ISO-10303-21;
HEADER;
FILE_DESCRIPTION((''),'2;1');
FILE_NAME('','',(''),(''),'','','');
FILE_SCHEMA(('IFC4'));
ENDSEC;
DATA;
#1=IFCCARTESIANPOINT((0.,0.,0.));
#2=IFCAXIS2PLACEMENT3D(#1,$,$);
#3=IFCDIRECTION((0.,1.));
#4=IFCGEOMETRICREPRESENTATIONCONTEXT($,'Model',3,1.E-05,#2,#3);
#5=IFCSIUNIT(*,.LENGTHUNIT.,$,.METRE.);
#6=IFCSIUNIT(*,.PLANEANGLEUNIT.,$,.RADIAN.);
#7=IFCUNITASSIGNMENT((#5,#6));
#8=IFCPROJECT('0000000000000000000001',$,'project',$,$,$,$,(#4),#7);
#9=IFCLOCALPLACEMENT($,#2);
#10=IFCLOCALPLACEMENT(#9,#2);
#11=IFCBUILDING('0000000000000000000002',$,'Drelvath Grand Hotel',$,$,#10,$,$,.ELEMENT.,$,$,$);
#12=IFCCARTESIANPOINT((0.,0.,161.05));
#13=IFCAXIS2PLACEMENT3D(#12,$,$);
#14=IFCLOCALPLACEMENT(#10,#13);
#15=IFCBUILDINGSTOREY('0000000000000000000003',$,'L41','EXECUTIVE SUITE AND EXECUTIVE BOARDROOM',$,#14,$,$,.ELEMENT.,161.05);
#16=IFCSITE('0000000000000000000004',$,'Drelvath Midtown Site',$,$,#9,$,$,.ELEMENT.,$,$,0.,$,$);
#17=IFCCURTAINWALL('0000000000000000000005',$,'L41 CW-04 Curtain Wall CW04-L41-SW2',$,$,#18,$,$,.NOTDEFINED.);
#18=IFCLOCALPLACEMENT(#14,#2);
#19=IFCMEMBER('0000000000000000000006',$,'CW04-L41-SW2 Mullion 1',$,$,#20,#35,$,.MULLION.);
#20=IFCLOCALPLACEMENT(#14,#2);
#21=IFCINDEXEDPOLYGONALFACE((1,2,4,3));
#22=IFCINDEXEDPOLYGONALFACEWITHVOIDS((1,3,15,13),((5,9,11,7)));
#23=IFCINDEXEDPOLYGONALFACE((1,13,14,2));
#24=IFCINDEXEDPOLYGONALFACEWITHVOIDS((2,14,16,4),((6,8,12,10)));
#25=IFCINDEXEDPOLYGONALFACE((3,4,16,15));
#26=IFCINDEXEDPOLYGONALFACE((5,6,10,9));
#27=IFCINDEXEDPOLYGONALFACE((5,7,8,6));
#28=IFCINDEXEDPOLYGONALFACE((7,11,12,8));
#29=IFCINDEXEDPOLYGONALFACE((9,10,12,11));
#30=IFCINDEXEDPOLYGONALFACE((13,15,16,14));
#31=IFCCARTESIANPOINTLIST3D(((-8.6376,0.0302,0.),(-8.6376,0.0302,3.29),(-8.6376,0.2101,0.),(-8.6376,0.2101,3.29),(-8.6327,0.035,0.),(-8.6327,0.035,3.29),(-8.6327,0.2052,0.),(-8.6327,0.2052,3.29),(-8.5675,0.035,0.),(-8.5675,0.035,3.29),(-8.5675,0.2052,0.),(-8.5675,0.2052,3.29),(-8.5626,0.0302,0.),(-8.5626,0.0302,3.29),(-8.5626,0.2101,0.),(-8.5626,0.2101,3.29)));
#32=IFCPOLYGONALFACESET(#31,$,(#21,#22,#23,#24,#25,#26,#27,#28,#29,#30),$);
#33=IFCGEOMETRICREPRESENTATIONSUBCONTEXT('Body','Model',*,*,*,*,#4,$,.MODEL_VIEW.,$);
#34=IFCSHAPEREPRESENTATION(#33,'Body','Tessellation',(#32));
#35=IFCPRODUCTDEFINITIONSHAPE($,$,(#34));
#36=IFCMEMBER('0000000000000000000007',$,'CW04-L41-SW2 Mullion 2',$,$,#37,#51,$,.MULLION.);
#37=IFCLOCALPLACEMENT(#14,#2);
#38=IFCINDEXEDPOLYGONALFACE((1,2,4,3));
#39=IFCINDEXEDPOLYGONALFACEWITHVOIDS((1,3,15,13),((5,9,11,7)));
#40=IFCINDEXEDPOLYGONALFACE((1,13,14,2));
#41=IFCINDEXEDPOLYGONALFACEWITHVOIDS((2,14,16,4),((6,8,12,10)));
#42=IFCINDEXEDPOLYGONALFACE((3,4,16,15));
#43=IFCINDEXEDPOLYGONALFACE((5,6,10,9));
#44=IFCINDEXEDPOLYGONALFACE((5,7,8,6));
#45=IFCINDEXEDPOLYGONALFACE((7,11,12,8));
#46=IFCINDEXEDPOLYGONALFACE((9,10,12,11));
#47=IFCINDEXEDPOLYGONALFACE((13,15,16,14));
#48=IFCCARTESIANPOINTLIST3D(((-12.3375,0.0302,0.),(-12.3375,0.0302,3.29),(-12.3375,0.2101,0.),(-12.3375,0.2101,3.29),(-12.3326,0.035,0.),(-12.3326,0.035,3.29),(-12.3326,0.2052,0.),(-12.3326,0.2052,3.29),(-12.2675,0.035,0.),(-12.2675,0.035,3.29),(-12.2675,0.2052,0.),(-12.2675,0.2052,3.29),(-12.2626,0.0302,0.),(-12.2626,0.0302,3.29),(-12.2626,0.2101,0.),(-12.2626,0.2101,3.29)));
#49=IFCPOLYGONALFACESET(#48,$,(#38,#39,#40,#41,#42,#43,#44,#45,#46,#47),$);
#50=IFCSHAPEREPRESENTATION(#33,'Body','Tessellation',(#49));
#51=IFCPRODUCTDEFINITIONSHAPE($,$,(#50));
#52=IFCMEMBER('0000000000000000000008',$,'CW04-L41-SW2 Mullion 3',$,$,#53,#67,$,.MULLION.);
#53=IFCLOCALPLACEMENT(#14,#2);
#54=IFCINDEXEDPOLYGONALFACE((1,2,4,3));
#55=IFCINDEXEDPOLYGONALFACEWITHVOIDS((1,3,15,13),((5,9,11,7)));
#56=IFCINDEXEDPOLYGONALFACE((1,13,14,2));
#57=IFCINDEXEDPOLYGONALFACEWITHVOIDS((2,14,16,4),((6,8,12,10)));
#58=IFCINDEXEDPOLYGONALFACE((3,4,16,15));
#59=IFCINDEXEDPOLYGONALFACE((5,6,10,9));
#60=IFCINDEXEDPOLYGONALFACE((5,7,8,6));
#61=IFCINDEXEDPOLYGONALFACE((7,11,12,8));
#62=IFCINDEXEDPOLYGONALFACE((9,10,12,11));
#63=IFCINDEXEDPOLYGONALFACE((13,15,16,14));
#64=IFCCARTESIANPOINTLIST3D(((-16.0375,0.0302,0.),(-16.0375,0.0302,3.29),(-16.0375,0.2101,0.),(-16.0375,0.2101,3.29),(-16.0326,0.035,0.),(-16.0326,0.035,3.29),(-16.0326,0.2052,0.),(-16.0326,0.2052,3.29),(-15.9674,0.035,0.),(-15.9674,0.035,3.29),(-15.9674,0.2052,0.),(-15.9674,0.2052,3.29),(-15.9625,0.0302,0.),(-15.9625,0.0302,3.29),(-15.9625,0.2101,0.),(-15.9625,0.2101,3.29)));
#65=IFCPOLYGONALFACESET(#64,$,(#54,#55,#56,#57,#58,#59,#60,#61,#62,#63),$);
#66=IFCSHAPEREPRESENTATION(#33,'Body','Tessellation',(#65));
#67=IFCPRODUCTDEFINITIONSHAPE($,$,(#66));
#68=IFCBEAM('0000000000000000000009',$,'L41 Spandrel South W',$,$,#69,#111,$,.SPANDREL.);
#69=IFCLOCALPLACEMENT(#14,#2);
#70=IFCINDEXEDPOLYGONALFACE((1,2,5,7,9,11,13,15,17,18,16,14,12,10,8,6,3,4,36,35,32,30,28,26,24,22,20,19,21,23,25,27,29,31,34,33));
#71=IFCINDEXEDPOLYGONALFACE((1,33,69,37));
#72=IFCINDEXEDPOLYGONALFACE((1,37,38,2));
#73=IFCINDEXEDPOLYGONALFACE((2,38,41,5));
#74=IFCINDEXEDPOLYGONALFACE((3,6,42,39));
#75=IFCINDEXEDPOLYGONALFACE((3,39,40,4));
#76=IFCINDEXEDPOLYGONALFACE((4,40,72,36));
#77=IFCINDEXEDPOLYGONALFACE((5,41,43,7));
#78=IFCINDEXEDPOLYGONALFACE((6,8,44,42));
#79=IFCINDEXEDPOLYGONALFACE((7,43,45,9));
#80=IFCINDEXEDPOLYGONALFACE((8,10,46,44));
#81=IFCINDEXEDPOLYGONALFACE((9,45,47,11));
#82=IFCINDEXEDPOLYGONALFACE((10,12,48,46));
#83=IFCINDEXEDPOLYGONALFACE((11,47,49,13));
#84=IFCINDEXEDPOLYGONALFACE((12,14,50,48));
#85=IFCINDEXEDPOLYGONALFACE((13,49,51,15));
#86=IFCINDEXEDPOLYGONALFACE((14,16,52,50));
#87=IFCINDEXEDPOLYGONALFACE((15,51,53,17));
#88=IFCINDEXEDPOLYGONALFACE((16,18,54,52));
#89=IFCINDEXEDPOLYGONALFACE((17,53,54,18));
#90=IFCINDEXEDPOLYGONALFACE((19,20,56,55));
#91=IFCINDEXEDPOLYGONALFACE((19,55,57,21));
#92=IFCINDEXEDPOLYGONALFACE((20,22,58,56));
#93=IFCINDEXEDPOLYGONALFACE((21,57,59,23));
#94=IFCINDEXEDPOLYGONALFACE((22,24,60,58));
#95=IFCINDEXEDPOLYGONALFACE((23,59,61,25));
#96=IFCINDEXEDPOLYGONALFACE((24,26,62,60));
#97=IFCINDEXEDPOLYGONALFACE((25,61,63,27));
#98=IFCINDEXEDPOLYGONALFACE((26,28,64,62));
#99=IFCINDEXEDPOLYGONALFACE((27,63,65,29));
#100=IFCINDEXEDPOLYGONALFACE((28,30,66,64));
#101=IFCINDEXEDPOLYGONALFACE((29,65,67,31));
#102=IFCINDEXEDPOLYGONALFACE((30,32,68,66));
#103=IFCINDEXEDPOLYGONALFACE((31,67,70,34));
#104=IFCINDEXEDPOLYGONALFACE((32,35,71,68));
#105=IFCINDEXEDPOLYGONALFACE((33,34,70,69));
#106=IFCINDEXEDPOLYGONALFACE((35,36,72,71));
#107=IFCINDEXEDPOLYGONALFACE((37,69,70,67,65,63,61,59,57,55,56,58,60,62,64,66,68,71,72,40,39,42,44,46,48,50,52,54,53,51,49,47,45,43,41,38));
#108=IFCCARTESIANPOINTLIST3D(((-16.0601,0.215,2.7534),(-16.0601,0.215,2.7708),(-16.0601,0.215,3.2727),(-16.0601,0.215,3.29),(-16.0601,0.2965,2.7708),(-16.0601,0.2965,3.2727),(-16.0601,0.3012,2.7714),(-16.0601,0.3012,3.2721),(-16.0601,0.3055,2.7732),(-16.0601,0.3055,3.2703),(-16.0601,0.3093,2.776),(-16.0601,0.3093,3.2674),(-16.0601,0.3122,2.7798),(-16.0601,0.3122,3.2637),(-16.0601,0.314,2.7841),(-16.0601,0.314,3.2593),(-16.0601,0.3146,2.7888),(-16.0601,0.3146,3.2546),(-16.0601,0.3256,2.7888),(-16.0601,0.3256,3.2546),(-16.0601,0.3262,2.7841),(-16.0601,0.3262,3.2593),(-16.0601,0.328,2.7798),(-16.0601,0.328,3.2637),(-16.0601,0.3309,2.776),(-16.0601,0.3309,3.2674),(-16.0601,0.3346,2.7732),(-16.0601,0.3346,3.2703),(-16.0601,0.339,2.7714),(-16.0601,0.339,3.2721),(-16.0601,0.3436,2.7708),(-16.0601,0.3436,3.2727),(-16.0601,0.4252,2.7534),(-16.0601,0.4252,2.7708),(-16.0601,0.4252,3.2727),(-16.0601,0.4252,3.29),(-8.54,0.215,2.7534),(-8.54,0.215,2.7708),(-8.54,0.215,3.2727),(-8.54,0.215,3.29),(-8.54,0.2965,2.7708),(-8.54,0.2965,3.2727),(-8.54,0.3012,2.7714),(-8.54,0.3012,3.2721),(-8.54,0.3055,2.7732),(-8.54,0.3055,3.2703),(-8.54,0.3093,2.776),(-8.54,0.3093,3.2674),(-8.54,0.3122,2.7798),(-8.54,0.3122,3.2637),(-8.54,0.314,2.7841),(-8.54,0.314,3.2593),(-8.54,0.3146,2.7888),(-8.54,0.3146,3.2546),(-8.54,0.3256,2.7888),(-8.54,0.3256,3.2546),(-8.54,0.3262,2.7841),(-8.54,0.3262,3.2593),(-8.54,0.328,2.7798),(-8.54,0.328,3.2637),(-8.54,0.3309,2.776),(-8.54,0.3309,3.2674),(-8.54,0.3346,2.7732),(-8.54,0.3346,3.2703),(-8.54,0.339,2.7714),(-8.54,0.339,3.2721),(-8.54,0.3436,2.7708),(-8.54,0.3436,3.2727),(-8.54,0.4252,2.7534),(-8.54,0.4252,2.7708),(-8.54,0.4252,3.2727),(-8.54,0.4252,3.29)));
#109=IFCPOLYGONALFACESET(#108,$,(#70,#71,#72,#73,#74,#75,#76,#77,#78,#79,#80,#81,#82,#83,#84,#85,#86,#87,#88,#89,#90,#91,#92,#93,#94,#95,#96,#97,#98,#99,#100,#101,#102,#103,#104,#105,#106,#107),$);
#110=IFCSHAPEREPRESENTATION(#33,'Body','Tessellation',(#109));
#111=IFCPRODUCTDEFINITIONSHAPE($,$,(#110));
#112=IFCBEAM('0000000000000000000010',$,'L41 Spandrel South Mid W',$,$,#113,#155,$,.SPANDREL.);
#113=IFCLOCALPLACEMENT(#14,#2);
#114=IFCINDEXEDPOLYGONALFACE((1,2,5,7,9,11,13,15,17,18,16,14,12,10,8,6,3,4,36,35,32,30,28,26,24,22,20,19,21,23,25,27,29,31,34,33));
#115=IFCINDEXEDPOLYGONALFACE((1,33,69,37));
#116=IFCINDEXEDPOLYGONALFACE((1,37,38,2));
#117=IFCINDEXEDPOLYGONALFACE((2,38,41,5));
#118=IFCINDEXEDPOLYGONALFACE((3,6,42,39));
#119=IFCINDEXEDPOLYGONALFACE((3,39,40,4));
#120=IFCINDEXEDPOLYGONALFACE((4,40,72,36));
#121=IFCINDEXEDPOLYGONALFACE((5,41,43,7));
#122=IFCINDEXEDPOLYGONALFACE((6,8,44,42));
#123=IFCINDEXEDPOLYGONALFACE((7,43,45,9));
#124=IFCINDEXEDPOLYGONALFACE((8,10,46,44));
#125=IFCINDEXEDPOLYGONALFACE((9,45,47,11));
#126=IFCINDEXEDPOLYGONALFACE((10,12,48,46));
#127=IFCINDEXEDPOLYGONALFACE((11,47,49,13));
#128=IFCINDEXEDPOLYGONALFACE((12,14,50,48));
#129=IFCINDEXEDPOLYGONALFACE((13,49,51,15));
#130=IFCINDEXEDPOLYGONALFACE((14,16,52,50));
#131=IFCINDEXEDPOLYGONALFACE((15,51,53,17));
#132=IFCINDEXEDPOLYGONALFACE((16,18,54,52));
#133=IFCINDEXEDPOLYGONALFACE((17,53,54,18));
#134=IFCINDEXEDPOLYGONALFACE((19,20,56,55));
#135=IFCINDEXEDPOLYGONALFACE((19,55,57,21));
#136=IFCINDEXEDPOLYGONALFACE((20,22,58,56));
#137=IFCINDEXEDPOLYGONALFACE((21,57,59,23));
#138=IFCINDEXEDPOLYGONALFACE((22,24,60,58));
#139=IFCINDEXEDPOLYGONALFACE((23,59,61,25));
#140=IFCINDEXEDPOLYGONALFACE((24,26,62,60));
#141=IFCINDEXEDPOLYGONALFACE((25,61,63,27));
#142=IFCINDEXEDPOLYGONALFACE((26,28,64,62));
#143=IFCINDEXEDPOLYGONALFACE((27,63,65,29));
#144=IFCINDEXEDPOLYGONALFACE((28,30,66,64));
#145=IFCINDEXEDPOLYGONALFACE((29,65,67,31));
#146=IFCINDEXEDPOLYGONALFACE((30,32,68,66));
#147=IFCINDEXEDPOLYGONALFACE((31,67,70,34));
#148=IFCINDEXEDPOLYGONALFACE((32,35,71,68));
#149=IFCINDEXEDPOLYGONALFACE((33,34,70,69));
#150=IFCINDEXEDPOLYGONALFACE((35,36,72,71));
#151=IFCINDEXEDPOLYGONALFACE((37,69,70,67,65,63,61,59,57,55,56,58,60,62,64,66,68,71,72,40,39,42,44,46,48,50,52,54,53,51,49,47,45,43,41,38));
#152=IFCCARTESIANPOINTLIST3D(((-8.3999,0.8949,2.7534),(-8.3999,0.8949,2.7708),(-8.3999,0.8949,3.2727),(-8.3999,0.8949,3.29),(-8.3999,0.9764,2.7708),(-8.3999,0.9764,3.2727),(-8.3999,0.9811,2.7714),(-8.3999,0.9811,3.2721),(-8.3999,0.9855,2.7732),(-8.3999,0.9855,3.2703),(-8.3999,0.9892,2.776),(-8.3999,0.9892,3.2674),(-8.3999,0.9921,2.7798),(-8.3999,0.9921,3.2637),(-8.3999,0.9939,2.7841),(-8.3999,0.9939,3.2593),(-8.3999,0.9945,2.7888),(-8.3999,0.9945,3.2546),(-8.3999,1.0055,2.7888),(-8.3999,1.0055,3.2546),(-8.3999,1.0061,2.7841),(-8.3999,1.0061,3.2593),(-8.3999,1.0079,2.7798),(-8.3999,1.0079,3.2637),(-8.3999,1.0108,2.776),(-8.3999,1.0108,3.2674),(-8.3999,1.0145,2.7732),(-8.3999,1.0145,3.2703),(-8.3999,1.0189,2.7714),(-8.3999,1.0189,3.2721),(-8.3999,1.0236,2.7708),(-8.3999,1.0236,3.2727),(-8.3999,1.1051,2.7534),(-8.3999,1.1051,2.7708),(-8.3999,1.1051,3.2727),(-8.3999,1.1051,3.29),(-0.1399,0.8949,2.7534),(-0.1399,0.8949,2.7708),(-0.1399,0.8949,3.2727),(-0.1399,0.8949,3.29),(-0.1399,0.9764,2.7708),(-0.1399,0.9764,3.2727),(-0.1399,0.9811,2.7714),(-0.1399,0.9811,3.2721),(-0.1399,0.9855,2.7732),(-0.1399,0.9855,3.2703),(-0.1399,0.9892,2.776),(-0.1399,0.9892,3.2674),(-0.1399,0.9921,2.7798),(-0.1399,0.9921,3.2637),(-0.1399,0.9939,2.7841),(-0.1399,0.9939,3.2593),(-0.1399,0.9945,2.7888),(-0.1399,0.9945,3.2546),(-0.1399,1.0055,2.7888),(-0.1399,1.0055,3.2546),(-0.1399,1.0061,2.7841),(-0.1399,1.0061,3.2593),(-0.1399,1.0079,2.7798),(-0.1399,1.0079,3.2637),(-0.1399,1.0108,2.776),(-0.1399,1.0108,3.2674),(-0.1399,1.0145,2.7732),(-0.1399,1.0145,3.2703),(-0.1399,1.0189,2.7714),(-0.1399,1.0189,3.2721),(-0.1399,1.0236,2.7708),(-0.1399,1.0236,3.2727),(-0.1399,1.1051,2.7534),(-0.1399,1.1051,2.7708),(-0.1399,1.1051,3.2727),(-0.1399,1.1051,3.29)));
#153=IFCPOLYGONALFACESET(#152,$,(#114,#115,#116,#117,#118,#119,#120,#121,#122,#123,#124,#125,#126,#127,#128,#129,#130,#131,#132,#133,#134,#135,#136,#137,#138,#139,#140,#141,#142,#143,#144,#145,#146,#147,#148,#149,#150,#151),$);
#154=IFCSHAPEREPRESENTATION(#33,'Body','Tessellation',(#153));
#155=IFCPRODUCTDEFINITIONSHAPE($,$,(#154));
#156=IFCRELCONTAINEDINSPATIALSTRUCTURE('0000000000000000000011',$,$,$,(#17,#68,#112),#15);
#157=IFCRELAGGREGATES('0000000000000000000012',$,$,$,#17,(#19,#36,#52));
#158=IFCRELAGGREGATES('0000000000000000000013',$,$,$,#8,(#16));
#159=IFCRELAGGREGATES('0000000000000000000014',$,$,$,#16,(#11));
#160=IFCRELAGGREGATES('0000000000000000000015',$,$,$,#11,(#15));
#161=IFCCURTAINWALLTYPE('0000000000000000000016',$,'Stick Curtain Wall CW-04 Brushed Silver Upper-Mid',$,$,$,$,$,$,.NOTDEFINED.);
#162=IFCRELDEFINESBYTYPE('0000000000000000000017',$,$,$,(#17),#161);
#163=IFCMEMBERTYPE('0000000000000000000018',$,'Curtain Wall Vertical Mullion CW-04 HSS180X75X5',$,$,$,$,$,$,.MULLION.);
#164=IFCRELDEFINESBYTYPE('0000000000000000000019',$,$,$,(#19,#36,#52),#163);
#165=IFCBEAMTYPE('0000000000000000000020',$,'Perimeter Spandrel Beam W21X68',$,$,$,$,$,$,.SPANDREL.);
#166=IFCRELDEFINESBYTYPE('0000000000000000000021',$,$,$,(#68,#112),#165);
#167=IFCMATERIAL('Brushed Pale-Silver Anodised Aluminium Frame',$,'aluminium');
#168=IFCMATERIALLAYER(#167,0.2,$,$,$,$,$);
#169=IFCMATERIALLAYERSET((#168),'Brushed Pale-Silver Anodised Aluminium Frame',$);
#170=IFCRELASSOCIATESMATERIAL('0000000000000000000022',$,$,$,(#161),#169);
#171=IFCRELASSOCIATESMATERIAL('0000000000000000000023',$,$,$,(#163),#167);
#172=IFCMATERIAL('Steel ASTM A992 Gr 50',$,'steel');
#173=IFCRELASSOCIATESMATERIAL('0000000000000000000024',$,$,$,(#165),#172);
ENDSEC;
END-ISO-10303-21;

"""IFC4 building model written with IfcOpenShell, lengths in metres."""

from ifc_helpers import new_model, si_unit, direction, frame, origin, origin_2d, place, context, subcontext, project, spatial, hollow_rectangle, i_section, extrude, material, layer, layer_set, material_profile, profile_set, type_object, element, aggregate, save


model = new_model("IFC4")

# Units and contexts
model_context = context("Model", 3, precision=1e-05, world=origin(), true_north=direction((0.0, 1.0)))
body_context = subcontext(model_context, "Body", "Model", "MODEL_VIEW")
ifc_project = project(units=[si_unit("LENGTHUNIT", "METRE"), si_unit("PLANEANGLEUNIT", "RADIAN")], contexts=[model_context])

# Site, building, storey
site_placement = place(None, origin())
site = spatial("IfcSite", under=ifc_project, at=site_placement, Name="Drelvath Midtown Site", CompositionType="ELEMENT", RefElevation=0.0)
building_placement = place(site_placement, origin())
building = spatial("IfcBuilding", under=site, at=building_placement, Name="Drelvath Grand Hotel", CompositionType="ELEMENT")
storey_placement = place(building_placement, frame((0.0, 0.0, 161.05)))
storey = spatial("IfcBuildingStorey", under=building, at=storey_placement, Name="L41", Description="EXECUTIVE SUITE AND EXECUTIVE BOARDROOM", CompositionType="ELEMENT", Elevation=161.05)

# Shared definitions
ifc_material_1 = material(Name="Steel ASTM A992 Gr 50", Category="steel")

# Curtain wall
ifc_material_2 = material(Name="Brushed Pale-Silver Anodised Aluminium Frame", Category="aluminium")
ifc_layer_1 = layer(ifc_material_2, 0.2)
ifc_layer_set_1 = layer_set([ifc_layer_1], Name="Brushed Pale-Silver Anodised Aluminium Frame")
curtain_wall_type = type_object("IfcCurtainWallType", Name="Stick Curtain Wall CW-04 Brushed Silver Upper-Mid", PredefinedType="NOTDEFINED", material=ifc_layer_set_1)
curtain_wall_1_placement = place(storey_placement, origin())
curtain_wall_1 = element("IfcCurtainWall", 1, at=curtain_wall_1_placement, inside=storey, type_object=curtain_wall_type, Name="L41 CW-04 Curtain Wall CW04-L41-SW2", PredefinedType="NOTDEFINED")

# Members
ifc_material_profile_1 = material_profile(ifc_material_2, hollow_rectangle(XDim=0.075, YDim=0.1799, WallThickness=0.0049, at=origin_2d()), Name="HSS180X75X5")
ifc_profile_set_1 = profile_set([ifc_material_profile_1], Name="Brushed Pale-Silver Anodised Aluminium Frame")
member_type_1 = type_object("IfcMemberType", Name="Curtain Wall Vertical Mullion CW-04 HSS180X75X5", PredefinedType="MULLION", material=ifc_profile_set_1)
member_1_placement = place(storey_placement, frame((-8.6001, 0.1201, 0.0), z_axis=(0.0, 0.0, 1.0), x_axis=(1.0, 0.0, 0.0)))
member_1 = element("IfcMember", 2, at=member_1_placement, type_object=member_type_1, Name="CW04-L41-SW2 Mullion 1", PredefinedType="MULLION", context=body_context, shape_type="SweptSolid", body=[
    extrude(hollow_rectangle(XDim=0.075, YDim=0.1799, WallThickness=0.0049, at=origin_2d()), origin(), (0.0, 0.0, 1.0), 3.29),
])
member_2_placement = place(storey_placement, frame((-12.3, 0.1201, 0.0), z_axis=(0.0, 0.0, 1.0), x_axis=(1.0, 0.0, 0.0)))
member_2 = element("IfcMember", 3, at=member_2_placement, type_object=member_type_1, Name="CW04-L41-SW2 Mullion 2", PredefinedType="MULLION", context=body_context, shape_type="SweptSolid", body=[
    extrude(hollow_rectangle(XDim=0.075, YDim=0.1799, WallThickness=0.0049, at=origin_2d()), origin(), (0.0, 0.0, 1.0), 3.29),
])
member_3_placement = place(storey_placement, frame((-16.0, 0.1201, 0.0), z_axis=(0.0, 0.0, 1.0), x_axis=(1.0, 0.0, 0.0)))
member_3 = element("IfcMember", 4, at=member_3_placement, type_object=member_type_1, Name="CW04-L41-SW2 Mullion 3", PredefinedType="MULLION", context=body_context, shape_type="SweptSolid", body=[
    extrude(hollow_rectangle(XDim=0.075, YDim=0.1799, WallThickness=0.0049, at=origin_2d()), origin(), (0.0, 0.0, 1.0), 3.29),
])

# Beams
ifc_material_profile_2 = material_profile(ifc_material_1, i_section(OverallWidth=0.2102, OverallDepth=0.5366, WebThickness=0.011, FlangeThickness=0.0173, FilletRadius=0.0181, at=origin_2d()), Name="W21X68")
ifc_profile_set_2 = profile_set([ifc_material_profile_2], Name="Steel ASTM A992 Gr 50")
beam_type_1 = type_object("IfcBeamType", Name="Perimeter Spandrel Beam W21X68", PredefinedType="SPANDREL", material=ifc_profile_set_2)
beam_1_placement = place(storey_placement, frame((-16.0601, 0.3201, 3.0217), z_axis=(1.0, 0.0, 0.0), x_axis=(0.0, 1.0, 0.0)))
element("IfcBeam", 5, at=beam_1_placement, inside=storey, type_object=beam_type_1, Name="L41 Spandrel South W", PredefinedType="SPANDREL", context=body_context, shape_type="SweptSolid", body=[
    extrude(i_section(OverallWidth=0.2102, OverallDepth=0.5366, WebThickness=0.011, FlangeThickness=0.0173, FilletRadius=0.0181, at=origin_2d()), origin(), (0.0, 0.0, 1.0), 7.52),
])
beam_2_placement = place(storey_placement, frame((-8.3999, 1.0, 3.0217), z_axis=(1.0, 0.0, 0.0), x_axis=(0.0, 1.0, 0.0)))
element("IfcBeam", 6, at=beam_2_placement, inside=storey, type_object=beam_type_1, Name="L41 Spandrel South Mid W", PredefinedType="SPANDREL", context=body_context, shape_type="SweptSolid", body=[
    extrude(i_section(OverallWidth=0.2102, OverallDepth=0.5366, WebThickness=0.011, FlangeThickness=0.0173, FilletRadius=0.0181, at=origin_2d()), origin(), (0.0, 0.0, 1.0), 8.26),
])

aggregate(curtain_wall_1, [member_1, member_2, member_3])

save(model, "model.ifc")
